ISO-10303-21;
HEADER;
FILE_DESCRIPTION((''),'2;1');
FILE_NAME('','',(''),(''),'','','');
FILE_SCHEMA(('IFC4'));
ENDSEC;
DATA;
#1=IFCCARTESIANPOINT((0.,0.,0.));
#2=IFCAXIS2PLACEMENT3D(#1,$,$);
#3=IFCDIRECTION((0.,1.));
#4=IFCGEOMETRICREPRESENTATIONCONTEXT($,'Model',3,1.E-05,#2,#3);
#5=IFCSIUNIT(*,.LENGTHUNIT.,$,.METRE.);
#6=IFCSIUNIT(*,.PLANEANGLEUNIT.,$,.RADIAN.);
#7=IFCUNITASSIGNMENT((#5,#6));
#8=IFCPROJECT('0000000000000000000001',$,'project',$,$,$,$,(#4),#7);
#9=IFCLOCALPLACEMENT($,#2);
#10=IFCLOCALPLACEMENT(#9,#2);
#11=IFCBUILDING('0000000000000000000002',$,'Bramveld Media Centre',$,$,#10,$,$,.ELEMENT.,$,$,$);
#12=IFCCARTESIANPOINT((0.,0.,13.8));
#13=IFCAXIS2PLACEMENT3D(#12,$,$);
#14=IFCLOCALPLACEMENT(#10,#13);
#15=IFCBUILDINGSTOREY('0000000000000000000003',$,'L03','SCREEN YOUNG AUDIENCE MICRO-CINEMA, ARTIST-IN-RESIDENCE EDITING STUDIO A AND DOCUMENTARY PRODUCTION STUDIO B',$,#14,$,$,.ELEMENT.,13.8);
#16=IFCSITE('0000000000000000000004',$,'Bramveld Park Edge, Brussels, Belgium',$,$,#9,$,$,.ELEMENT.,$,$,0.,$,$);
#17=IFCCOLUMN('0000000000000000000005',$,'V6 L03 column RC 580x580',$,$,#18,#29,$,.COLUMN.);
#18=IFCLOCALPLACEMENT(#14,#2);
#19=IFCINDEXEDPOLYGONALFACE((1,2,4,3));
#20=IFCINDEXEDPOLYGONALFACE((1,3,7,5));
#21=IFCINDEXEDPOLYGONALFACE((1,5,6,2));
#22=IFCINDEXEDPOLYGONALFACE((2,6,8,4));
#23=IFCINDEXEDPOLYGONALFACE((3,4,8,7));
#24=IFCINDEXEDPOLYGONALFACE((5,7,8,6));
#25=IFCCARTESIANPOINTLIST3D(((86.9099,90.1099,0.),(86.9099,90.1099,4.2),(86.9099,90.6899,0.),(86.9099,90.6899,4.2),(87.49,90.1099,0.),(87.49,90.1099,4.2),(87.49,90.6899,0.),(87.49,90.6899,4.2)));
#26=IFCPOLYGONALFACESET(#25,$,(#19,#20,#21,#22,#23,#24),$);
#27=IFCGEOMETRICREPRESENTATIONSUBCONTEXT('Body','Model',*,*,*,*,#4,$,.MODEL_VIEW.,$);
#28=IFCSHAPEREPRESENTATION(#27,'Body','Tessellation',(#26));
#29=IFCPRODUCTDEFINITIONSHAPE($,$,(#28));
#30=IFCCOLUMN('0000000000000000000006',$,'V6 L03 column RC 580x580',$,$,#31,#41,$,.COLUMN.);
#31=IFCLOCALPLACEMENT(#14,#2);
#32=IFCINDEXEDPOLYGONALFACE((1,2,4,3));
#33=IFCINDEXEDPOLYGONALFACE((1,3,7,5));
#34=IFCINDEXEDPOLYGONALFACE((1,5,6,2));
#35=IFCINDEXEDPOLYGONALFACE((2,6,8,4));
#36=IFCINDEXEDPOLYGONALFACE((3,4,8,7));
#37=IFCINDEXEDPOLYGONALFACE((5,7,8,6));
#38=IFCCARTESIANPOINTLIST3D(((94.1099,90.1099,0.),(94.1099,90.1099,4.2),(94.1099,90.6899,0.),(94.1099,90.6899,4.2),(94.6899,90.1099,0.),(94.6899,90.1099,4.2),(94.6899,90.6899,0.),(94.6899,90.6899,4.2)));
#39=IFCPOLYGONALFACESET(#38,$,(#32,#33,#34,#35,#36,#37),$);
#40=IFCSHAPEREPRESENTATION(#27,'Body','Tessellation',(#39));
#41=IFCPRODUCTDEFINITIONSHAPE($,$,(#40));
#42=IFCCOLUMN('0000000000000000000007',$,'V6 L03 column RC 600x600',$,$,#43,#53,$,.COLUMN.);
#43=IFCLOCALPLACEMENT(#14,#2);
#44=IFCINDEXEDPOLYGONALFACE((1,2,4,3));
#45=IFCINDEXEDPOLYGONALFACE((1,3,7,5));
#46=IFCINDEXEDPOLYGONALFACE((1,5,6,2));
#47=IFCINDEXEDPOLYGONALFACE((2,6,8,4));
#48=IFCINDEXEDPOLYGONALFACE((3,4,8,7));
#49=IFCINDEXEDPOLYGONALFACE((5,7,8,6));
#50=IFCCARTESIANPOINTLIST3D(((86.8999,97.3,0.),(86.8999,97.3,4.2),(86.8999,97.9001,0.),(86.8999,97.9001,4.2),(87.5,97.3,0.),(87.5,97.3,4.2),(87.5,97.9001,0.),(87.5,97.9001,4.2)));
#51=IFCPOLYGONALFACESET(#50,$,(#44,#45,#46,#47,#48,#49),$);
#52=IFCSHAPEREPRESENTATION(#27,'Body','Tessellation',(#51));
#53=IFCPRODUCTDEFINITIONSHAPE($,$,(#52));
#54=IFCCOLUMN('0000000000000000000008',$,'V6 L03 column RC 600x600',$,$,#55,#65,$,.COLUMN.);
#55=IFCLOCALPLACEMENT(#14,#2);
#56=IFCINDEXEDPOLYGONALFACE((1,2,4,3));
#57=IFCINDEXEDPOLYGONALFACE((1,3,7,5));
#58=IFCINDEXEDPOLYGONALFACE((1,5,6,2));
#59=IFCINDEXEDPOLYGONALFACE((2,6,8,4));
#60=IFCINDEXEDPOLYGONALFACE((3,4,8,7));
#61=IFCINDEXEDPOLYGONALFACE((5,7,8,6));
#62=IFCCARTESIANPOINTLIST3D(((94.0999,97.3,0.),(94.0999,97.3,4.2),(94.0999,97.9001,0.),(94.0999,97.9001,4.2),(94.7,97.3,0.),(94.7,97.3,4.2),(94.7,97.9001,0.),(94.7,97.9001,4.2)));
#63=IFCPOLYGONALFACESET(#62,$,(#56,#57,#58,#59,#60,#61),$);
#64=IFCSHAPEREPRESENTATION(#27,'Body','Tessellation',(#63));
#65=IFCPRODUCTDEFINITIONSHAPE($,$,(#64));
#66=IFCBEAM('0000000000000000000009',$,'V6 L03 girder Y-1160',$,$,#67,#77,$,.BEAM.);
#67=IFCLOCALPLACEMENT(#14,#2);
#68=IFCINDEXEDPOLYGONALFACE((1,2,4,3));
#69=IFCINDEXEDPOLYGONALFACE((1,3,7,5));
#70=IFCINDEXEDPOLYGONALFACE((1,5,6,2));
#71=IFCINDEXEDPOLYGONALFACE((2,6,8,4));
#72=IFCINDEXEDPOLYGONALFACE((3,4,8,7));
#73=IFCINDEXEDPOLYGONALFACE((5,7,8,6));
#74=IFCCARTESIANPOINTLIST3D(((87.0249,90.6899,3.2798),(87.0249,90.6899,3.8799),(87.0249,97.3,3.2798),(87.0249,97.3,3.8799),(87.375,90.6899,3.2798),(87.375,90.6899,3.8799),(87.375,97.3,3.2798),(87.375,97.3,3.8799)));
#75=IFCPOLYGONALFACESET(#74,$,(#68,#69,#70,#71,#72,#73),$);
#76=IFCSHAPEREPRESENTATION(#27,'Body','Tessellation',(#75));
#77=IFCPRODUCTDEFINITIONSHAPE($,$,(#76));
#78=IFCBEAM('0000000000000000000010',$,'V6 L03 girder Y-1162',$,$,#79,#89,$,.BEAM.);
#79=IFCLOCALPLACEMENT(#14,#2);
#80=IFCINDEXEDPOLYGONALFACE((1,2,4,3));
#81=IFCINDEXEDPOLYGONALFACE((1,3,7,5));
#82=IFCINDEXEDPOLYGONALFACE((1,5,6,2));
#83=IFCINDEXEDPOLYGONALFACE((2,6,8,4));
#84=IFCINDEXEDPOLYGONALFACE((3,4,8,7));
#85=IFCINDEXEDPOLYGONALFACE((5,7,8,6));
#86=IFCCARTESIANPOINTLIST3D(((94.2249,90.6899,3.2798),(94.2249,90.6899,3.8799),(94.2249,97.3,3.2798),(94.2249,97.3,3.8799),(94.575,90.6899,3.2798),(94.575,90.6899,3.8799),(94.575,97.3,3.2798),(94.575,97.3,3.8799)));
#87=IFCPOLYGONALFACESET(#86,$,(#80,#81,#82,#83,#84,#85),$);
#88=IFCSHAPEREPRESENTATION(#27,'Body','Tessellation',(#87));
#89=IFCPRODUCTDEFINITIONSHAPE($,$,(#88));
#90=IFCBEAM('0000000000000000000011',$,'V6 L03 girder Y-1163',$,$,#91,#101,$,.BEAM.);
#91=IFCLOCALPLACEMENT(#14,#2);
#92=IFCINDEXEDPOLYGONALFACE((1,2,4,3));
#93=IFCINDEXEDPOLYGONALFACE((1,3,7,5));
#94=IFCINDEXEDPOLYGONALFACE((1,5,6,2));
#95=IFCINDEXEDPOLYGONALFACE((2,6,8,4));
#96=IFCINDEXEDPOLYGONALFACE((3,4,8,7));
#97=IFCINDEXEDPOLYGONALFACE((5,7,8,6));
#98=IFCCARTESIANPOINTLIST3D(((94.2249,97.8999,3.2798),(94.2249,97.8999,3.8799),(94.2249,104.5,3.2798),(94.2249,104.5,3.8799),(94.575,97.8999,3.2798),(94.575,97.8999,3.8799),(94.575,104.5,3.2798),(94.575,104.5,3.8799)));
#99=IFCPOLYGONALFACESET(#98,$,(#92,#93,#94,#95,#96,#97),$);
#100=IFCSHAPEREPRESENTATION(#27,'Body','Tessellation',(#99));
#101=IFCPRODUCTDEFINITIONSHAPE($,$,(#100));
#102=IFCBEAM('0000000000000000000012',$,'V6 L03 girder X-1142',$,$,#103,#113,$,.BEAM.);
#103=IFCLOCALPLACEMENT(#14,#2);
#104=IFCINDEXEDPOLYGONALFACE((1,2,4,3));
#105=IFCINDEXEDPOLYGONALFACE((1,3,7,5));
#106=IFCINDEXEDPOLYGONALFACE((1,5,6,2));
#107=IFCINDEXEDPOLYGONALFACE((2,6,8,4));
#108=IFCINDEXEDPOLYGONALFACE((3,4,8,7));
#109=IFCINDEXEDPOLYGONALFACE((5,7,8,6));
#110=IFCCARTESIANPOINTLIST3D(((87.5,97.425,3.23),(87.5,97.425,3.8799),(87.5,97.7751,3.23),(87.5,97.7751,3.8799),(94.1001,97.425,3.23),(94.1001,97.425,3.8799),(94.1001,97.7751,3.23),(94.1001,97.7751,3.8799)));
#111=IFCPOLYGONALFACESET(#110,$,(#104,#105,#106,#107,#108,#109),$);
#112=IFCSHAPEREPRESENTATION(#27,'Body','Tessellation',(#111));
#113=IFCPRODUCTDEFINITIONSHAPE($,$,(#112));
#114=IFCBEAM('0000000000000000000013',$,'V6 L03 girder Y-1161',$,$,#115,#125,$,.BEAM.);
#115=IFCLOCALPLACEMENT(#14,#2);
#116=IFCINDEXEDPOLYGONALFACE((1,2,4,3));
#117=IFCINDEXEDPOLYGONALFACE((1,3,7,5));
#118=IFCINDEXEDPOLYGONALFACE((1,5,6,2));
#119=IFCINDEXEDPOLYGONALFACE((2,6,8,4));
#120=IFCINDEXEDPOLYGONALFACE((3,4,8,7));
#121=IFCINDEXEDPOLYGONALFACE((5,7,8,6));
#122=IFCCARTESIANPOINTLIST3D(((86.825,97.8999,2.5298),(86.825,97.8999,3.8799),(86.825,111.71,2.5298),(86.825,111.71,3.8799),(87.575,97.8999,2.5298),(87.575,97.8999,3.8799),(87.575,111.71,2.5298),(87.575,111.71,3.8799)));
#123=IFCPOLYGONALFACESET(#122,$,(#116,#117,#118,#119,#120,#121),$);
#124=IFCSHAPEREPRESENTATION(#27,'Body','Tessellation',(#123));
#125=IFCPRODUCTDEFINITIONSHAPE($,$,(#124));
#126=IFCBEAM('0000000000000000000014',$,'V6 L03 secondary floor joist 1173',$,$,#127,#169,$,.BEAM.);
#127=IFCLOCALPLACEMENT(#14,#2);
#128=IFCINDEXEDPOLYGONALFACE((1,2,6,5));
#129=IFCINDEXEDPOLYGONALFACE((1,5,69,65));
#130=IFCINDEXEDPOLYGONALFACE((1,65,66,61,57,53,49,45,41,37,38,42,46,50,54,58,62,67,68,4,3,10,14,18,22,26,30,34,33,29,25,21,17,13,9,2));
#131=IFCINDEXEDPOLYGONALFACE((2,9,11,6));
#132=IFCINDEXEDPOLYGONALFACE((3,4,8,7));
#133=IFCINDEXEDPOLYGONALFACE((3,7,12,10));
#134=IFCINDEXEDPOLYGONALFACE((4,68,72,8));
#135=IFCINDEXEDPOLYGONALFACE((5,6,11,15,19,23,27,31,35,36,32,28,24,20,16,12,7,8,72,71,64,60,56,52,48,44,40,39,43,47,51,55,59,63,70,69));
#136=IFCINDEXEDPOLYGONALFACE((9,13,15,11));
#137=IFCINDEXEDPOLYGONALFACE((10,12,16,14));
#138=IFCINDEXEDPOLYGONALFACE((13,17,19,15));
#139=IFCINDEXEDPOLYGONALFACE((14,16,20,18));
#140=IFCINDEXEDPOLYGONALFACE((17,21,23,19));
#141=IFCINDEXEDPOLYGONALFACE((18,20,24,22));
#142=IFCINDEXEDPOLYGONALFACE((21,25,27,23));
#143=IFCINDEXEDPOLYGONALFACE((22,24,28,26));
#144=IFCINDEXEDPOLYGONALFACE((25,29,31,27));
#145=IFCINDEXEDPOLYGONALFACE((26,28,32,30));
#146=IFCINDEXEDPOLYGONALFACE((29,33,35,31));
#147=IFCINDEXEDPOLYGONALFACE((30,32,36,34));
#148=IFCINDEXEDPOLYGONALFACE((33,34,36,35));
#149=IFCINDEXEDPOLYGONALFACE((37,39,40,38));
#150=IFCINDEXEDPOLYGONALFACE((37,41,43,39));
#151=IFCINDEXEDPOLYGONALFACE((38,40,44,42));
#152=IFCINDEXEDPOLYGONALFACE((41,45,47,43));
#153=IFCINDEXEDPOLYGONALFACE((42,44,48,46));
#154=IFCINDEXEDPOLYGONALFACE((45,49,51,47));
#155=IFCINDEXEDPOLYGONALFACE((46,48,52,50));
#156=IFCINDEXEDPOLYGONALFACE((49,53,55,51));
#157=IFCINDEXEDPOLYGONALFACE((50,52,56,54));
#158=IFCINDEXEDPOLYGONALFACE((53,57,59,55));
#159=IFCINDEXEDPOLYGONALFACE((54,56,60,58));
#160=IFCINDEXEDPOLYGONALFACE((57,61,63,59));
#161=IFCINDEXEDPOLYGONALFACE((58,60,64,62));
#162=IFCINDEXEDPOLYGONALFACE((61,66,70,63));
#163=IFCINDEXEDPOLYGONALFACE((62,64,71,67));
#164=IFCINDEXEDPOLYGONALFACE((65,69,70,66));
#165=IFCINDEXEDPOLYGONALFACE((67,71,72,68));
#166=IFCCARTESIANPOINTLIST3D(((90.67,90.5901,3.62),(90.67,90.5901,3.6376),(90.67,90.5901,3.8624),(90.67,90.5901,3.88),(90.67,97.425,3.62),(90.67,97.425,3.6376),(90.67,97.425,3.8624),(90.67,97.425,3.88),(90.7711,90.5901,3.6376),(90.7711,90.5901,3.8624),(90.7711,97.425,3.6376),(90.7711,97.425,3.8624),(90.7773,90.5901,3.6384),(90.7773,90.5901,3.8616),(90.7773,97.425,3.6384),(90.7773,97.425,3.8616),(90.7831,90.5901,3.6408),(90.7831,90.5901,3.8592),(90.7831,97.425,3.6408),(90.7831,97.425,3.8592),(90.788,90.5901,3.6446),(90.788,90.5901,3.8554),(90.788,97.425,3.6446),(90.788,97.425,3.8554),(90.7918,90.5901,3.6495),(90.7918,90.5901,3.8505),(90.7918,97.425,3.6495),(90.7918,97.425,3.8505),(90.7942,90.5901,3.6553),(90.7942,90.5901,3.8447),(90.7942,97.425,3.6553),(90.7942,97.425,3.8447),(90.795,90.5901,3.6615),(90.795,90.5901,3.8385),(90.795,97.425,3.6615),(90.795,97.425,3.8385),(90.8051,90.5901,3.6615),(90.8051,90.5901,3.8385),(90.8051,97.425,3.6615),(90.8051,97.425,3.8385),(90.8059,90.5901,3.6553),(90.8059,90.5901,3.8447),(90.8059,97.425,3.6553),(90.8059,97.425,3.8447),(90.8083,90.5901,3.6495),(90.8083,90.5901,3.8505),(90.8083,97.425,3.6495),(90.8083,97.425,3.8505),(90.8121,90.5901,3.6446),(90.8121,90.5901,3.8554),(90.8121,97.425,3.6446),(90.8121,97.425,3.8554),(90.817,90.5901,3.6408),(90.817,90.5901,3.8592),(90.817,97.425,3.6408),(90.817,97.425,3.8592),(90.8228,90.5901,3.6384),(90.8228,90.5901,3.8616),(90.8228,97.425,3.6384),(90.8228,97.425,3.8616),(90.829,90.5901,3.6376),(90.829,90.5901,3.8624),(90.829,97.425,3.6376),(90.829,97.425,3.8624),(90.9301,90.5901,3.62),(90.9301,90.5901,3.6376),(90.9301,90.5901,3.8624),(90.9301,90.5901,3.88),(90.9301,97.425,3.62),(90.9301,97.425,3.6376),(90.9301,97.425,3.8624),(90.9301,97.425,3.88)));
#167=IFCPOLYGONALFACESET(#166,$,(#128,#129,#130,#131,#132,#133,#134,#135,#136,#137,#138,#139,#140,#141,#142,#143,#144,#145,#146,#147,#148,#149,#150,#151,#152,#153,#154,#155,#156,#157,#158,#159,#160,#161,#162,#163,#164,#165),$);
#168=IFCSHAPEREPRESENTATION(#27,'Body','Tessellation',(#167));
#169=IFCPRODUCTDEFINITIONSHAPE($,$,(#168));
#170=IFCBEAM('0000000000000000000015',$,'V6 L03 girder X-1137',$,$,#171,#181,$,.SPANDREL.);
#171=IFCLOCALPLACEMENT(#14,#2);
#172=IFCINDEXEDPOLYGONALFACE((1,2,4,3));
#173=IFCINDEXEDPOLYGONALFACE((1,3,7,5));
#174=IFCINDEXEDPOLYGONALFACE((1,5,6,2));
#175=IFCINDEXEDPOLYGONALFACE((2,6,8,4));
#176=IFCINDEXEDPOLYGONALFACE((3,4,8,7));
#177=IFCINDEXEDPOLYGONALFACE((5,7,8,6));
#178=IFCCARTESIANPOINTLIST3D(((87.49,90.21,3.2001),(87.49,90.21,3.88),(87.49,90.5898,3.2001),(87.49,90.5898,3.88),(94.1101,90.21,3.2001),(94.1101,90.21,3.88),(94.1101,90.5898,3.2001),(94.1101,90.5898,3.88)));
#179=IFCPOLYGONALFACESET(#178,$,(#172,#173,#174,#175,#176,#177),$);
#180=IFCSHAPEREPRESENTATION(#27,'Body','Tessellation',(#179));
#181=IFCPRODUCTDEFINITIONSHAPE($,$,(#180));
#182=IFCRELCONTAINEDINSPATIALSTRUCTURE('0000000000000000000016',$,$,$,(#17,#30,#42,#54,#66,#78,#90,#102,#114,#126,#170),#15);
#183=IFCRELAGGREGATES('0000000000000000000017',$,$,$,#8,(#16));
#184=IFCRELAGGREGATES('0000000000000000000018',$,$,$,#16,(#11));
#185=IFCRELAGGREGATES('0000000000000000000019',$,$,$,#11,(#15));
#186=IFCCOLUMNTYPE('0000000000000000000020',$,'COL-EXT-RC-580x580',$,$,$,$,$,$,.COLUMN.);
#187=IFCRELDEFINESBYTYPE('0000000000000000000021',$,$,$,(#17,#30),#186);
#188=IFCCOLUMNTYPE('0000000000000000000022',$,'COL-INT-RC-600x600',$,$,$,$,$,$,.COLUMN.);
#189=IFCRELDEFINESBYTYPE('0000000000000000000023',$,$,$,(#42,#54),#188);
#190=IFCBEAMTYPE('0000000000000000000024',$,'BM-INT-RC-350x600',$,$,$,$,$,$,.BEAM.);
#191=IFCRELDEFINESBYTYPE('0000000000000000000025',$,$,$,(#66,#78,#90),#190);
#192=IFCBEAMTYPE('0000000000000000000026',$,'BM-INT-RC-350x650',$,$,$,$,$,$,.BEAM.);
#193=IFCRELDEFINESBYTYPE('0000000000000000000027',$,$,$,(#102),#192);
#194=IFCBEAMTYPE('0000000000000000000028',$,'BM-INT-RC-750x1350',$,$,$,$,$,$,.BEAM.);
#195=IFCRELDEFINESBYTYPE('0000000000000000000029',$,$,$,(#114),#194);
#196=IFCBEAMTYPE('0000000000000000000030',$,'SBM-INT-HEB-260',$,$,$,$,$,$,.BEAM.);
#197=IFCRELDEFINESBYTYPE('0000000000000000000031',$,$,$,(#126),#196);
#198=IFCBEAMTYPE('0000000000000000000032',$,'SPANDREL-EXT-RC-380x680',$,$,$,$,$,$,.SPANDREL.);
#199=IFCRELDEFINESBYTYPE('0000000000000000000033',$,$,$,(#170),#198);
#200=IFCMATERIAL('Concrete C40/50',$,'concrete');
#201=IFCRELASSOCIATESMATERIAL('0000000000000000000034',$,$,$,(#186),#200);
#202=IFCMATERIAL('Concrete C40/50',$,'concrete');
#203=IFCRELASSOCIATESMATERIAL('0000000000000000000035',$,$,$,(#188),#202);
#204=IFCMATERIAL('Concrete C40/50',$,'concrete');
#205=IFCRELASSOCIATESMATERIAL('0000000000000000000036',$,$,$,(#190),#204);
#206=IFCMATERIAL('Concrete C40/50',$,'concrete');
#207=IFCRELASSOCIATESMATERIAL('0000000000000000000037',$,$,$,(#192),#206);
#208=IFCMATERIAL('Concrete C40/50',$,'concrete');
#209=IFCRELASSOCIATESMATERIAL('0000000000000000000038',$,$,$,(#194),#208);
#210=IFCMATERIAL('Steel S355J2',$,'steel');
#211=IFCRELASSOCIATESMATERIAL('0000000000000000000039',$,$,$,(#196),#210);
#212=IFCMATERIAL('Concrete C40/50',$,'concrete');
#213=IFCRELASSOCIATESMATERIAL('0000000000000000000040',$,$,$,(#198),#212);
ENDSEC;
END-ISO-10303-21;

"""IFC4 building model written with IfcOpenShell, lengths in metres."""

from ifc_helpers import new_model, si_unit, direction, frame, origin, origin_2d, place, context, subcontext, project, spatial, rectangle, i_section, extrude, material, material_profile, profile_set, type_object, element, save


model = new_model("IFC4")

# Units and contexts
model_context = context("Model", 3, precision=1e-05, world=origin(), true_north=direction((0.0, 1.0)))
body_context = subcontext(model_context, "Body", "Model", "MODEL_VIEW")
ifc_project = project(units=[si_unit("LENGTHUNIT", "METRE"), si_unit("PLANEANGLEUNIT", "RADIAN")], contexts=[model_context])

# Site, building, storey
site_placement = place(None, origin())
site = spatial("IfcSite", under=ifc_project, at=site_placement, Name="Bramveld Park Edge, Brussels, Belgium", CompositionType="ELEMENT", RefElevation=0.0)
building_placement = place(site_placement, origin())
building = spatial("IfcBuilding", under=site, at=building_placement, Name="Bramveld Media Centre", CompositionType="ELEMENT")
storey_placement = place(building_placement, frame((0.0, 0.0, 13.8)))
storey = spatial("IfcBuildingStorey", under=building, at=storey_placement, Name="L03", Description="SCREEN YOUNG AUDIENCE MICRO-CINEMA, ARTIST-IN-RESIDENCE EDITING STUDIO A AND DOCUMENTARY PRODUCTION STUDIO B", CompositionType="ELEMENT", Elevation=13.8)

# Columns
ifc_material_1 = material(Name="Concrete C40/50", Category="concrete")
ifc_material_profile_1 = material_profile(ifc_material_1, rectangle(XDim=0.5801, YDim=0.5801, at=origin_2d()), Name="RC 580x580")
ifc_profile_set_1 = profile_set([ifc_material_profile_1], Name="Concrete C40/50")
column_type_1 = type_object("IfcColumnType", Name="COL-EXT-RC-580x580", PredefinedType="COLUMN", material=ifc_profile_set_1)
for number, where, z_axis, x_axis, name in (
    (1, (87.2, 90.3999, 0.0), (0.0, 0.0, 1.0), (1.0, 0.0, 0.0), "V6 L03 column RC 580x580"),
    (2, (94.3999, 90.3999, 0.0), (0.0, 0.0, 1.0), (1.0, 0.0, 0.0), "V6 L03 column RC 580x580"),
):
    element("IfcColumn", number, at=place(storey_placement, frame(where, z_axis=z_axis, x_axis=x_axis)), inside=storey, type_object=column_type_1, Name=name, PredefinedType="COLUMN", context=body_context, shape_type="SweptSolid", body=[
        extrude(rectangle(XDim=0.5801, YDim=0.5801, at=origin_2d()), origin(), (0.0, 0.0, 1.0), 4.2),
    ])
ifc_material_2 = material(Name="Concrete C40/50", Category="concrete")
ifc_material_profile_2 = material_profile(ifc_material_2, rectangle(XDim=0.6001, YDim=0.6001, at=origin_2d()), Name="RC 600x600")
ifc_profile_set_2 = profile_set([ifc_material_profile_2], Name="Concrete C40/50")
column_type_2 = type_object("IfcColumnType", Name="COL-INT-RC-600x600", PredefinedType="COLUMN", material=ifc_profile_set_2)
for number, where, z_axis, x_axis, name in (
    (3, (87.2, 97.6001, 0.0), (0.0, 0.0, 1.0), (1.0, 0.0, 0.0), "V6 L03 column RC 600x600"),
    (4, (94.3999, 97.6001, 0.0), (0.0, 0.0, 1.0), (1.0, 0.0, 0.0), "V6 L03 column RC 600x600"),
):
    element("IfcColumn", number, at=place(storey_placement, frame(where, z_axis=z_axis, x_axis=x_axis)), inside=storey, type_object=column_type_2, Name=name, PredefinedType="COLUMN", context=body_context, shape_type="SweptSolid", body=[
        extrude(rectangle(XDim=0.6001, YDim=0.6001, at=origin_2d()), origin(), (0.0, 0.0, 1.0), 4.2),
    ])

# Beams
ifc_material_3 = material(Name="Concrete C40/50", Category="concrete")
ifc_material_profile_3 = material_profile(ifc_material_3, rectangle(XDim=0.3501, YDim=0.6001, at=origin_2d()), Name="RC 350x600")
ifc_profile_set_3 = profile_set([ifc_material_profile_3], Name="Concrete C40/50")
beam_type_1 = type_object("IfcBeamType", Name="BM-INT-RC-350x600", PredefinedType="BEAM", material=ifc_profile_set_3)
for number, where, z_axis, x_axis, name in (
    (5, (87.2, 90.6899, 3.5798), (0.0, 1.0, 0.0), (-1.0, 0.0, 0.0), "V6 L03 girder Y-1160"),
    (6, (94.3999, 90.6899, 3.5798), (0.0, 1.0, 0.0), (-1.0, 0.0, 0.0), "V6 L03 girder Y-1162"),
):
    element("IfcBeam", number, at=place(storey_placement, frame(where, z_axis=z_axis, x_axis=x_axis)), inside=storey, type_object=beam_type_1, Name=name, PredefinedType="BEAM", context=body_context, shape_type="SweptSolid", body=[
        extrude(rectangle(XDim=0.3501, YDim=0.6001, at=origin_2d()), origin(), (0.0, 0.0, 1.0), 6.6101),
    ])
beam_1_placement = place(storey_placement, frame((94.3999, 97.8999, 3.5798), z_axis=(0.0, 1.0, 0.0), x_axis=(-1.0, 0.0, 0.0)))
element("IfcBeam", 7, at=beam_1_placement, inside=storey, type_object=beam_type_1, Name="V6 L03 girder Y-1163", PredefinedType="BEAM", context=body_context, shape_type="SweptSolid", body=[
    extrude(rectangle(XDim=0.3501, YDim=0.6001, at=origin_2d()), origin(), (0.0, 0.0, 1.0), 6.6001),
])
ifc_material_4 = material(Name="Concrete C40/50", Category="concrete")
ifc_material_profile_4 = material_profile(ifc_material_4, rectangle(XDim=0.3501, YDim=0.6499, at=origin_2d()), Name="RC 350x650")
ifc_profile_set_4 = profile_set([ifc_material_profile_4], Name="Concrete C40/50")
beam_type_2 = type_object("IfcBeamType", Name="BM-INT-RC-350x650", PredefinedType="BEAM", material=ifc_profile_set_4)
beam_2_placement = place(storey_placement, frame((87.5, 97.6001, 3.5549), z_axis=(1.0, 0.0, 0.0), x_axis=(0.0, 1.0, 0.0)))
element("IfcBeam", 8, at=beam_2_placement, inside=storey, type_object=beam_type_2, Name="V6 L03 girder X-1142", PredefinedType="BEAM", context=body_context, shape_type="SweptSolid", body=[
    extrude(rectangle(XDim=0.3501, YDim=0.6499, at=origin_2d()), origin(), (0.0, 0.0, 1.0), 6.6001),
])
ifc_material_5 = material(Name="Concrete C40/50", Category="concrete")
ifc_material_profile_5 = material_profile(ifc_material_5, rectangle(XDim=0.75, YDim=1.3501, at=origin_2d()), Name="RC 750x1350")
ifc_profile_set_5 = profile_set([ifc_material_profile_5], Name="Concrete C40/50")
beam_type_3 = type_object("IfcBeamType", Name="BM-INT-RC-750x1350", PredefinedType="BEAM", material=ifc_profile_set_5)
beam_3_placement = place(storey_placement, frame((87.2, 97.8999, 3.2048), z_axis=(0.0, 1.0, 0.0), x_axis=(-1.0, 0.0, 0.0)))
element("IfcBeam", 9, at=beam_3_placement, inside=storey, type_object=beam_type_3, Name="V6 L03 girder Y-1161", PredefinedType="BEAM", context=body_context, shape_type="SweptSolid", body=[
    extrude(rectangle(XDim=0.75, YDim=1.3501, at=origin_2d()), origin(), (0.0, 0.0, 1.0), 13.8101),
])
ifc_material_6 = material(Name="Steel S355J2", Category="steel")
ifc_material_profile_6 = material_profile(ifc_material_6, i_section(OverallWidth=0.26, OverallDepth=0.26, WebThickness=0.01, FlangeThickness=0.0176, FilletRadius=0.0239, at=origin_2d()), Name="HEB 260")
ifc_profile_set_6 = profile_set([ifc_material_profile_6], Name="Steel S355J2")
beam_type_4 = type_object("IfcBeamType", Name="SBM-INT-HEB-260", PredefinedType="BEAM", material=ifc_profile_set_6)
beam_4_placement = place(storey_placement, frame((90.8, 90.5901, 3.75), z_axis=(0.0, 1.0, 0.0), x_axis=(-1.0, 0.0, 0.0)))
element("IfcBeam", 10, at=beam_4_placement, inside=storey, type_object=beam_type_4, Name="V6 L03 secondary floor joist 1173", PredefinedType="BEAM", context=body_context, shape_type="SweptSolid", body=[
    extrude(i_section(OverallWidth=0.26, OverallDepth=0.26, WebThickness=0.01, FlangeThickness=0.0176, FilletRadius=0.0239, at=origin_2d()), origin(), (0.0, 0.0, 1.0), 6.835),
])
ifc_material_7 = material(Name="Concrete C40/50", Category="concrete")
ifc_material_profile_7 = material_profile(ifc_material_7, rectangle(XDim=0.3799, YDim=0.6799, at=origin_2d()), Name="RC 380x680")
ifc_profile_set_7 = profile_set([ifc_material_profile_7], Name="Concrete C40/50")
beam_type_5 = type_object("IfcBeamType", Name="SPANDREL-EXT-RC-380x680", PredefinedType="SPANDREL", material=ifc_profile_set_7)
beam_5_placement = place(storey_placement, frame((87.49, 90.3999, 3.54), z_axis=(1.0, 0.0, 0.0), x_axis=(0.0, 1.0, 0.0)))
element("IfcBeam", 11, at=beam_5_placement, inside=storey, type_object=beam_type_5, Name="V6 L03 girder X-1137", PredefinedType="SPANDREL", context=body_context, shape_type="SweptSolid", body=[
    extrude(rectangle(XDim=0.3799, YDim=0.6799, at=origin_2d()), origin(), (0.0, 0.0, 1.0), 6.6201),
])

save(model, "model.ifc")
